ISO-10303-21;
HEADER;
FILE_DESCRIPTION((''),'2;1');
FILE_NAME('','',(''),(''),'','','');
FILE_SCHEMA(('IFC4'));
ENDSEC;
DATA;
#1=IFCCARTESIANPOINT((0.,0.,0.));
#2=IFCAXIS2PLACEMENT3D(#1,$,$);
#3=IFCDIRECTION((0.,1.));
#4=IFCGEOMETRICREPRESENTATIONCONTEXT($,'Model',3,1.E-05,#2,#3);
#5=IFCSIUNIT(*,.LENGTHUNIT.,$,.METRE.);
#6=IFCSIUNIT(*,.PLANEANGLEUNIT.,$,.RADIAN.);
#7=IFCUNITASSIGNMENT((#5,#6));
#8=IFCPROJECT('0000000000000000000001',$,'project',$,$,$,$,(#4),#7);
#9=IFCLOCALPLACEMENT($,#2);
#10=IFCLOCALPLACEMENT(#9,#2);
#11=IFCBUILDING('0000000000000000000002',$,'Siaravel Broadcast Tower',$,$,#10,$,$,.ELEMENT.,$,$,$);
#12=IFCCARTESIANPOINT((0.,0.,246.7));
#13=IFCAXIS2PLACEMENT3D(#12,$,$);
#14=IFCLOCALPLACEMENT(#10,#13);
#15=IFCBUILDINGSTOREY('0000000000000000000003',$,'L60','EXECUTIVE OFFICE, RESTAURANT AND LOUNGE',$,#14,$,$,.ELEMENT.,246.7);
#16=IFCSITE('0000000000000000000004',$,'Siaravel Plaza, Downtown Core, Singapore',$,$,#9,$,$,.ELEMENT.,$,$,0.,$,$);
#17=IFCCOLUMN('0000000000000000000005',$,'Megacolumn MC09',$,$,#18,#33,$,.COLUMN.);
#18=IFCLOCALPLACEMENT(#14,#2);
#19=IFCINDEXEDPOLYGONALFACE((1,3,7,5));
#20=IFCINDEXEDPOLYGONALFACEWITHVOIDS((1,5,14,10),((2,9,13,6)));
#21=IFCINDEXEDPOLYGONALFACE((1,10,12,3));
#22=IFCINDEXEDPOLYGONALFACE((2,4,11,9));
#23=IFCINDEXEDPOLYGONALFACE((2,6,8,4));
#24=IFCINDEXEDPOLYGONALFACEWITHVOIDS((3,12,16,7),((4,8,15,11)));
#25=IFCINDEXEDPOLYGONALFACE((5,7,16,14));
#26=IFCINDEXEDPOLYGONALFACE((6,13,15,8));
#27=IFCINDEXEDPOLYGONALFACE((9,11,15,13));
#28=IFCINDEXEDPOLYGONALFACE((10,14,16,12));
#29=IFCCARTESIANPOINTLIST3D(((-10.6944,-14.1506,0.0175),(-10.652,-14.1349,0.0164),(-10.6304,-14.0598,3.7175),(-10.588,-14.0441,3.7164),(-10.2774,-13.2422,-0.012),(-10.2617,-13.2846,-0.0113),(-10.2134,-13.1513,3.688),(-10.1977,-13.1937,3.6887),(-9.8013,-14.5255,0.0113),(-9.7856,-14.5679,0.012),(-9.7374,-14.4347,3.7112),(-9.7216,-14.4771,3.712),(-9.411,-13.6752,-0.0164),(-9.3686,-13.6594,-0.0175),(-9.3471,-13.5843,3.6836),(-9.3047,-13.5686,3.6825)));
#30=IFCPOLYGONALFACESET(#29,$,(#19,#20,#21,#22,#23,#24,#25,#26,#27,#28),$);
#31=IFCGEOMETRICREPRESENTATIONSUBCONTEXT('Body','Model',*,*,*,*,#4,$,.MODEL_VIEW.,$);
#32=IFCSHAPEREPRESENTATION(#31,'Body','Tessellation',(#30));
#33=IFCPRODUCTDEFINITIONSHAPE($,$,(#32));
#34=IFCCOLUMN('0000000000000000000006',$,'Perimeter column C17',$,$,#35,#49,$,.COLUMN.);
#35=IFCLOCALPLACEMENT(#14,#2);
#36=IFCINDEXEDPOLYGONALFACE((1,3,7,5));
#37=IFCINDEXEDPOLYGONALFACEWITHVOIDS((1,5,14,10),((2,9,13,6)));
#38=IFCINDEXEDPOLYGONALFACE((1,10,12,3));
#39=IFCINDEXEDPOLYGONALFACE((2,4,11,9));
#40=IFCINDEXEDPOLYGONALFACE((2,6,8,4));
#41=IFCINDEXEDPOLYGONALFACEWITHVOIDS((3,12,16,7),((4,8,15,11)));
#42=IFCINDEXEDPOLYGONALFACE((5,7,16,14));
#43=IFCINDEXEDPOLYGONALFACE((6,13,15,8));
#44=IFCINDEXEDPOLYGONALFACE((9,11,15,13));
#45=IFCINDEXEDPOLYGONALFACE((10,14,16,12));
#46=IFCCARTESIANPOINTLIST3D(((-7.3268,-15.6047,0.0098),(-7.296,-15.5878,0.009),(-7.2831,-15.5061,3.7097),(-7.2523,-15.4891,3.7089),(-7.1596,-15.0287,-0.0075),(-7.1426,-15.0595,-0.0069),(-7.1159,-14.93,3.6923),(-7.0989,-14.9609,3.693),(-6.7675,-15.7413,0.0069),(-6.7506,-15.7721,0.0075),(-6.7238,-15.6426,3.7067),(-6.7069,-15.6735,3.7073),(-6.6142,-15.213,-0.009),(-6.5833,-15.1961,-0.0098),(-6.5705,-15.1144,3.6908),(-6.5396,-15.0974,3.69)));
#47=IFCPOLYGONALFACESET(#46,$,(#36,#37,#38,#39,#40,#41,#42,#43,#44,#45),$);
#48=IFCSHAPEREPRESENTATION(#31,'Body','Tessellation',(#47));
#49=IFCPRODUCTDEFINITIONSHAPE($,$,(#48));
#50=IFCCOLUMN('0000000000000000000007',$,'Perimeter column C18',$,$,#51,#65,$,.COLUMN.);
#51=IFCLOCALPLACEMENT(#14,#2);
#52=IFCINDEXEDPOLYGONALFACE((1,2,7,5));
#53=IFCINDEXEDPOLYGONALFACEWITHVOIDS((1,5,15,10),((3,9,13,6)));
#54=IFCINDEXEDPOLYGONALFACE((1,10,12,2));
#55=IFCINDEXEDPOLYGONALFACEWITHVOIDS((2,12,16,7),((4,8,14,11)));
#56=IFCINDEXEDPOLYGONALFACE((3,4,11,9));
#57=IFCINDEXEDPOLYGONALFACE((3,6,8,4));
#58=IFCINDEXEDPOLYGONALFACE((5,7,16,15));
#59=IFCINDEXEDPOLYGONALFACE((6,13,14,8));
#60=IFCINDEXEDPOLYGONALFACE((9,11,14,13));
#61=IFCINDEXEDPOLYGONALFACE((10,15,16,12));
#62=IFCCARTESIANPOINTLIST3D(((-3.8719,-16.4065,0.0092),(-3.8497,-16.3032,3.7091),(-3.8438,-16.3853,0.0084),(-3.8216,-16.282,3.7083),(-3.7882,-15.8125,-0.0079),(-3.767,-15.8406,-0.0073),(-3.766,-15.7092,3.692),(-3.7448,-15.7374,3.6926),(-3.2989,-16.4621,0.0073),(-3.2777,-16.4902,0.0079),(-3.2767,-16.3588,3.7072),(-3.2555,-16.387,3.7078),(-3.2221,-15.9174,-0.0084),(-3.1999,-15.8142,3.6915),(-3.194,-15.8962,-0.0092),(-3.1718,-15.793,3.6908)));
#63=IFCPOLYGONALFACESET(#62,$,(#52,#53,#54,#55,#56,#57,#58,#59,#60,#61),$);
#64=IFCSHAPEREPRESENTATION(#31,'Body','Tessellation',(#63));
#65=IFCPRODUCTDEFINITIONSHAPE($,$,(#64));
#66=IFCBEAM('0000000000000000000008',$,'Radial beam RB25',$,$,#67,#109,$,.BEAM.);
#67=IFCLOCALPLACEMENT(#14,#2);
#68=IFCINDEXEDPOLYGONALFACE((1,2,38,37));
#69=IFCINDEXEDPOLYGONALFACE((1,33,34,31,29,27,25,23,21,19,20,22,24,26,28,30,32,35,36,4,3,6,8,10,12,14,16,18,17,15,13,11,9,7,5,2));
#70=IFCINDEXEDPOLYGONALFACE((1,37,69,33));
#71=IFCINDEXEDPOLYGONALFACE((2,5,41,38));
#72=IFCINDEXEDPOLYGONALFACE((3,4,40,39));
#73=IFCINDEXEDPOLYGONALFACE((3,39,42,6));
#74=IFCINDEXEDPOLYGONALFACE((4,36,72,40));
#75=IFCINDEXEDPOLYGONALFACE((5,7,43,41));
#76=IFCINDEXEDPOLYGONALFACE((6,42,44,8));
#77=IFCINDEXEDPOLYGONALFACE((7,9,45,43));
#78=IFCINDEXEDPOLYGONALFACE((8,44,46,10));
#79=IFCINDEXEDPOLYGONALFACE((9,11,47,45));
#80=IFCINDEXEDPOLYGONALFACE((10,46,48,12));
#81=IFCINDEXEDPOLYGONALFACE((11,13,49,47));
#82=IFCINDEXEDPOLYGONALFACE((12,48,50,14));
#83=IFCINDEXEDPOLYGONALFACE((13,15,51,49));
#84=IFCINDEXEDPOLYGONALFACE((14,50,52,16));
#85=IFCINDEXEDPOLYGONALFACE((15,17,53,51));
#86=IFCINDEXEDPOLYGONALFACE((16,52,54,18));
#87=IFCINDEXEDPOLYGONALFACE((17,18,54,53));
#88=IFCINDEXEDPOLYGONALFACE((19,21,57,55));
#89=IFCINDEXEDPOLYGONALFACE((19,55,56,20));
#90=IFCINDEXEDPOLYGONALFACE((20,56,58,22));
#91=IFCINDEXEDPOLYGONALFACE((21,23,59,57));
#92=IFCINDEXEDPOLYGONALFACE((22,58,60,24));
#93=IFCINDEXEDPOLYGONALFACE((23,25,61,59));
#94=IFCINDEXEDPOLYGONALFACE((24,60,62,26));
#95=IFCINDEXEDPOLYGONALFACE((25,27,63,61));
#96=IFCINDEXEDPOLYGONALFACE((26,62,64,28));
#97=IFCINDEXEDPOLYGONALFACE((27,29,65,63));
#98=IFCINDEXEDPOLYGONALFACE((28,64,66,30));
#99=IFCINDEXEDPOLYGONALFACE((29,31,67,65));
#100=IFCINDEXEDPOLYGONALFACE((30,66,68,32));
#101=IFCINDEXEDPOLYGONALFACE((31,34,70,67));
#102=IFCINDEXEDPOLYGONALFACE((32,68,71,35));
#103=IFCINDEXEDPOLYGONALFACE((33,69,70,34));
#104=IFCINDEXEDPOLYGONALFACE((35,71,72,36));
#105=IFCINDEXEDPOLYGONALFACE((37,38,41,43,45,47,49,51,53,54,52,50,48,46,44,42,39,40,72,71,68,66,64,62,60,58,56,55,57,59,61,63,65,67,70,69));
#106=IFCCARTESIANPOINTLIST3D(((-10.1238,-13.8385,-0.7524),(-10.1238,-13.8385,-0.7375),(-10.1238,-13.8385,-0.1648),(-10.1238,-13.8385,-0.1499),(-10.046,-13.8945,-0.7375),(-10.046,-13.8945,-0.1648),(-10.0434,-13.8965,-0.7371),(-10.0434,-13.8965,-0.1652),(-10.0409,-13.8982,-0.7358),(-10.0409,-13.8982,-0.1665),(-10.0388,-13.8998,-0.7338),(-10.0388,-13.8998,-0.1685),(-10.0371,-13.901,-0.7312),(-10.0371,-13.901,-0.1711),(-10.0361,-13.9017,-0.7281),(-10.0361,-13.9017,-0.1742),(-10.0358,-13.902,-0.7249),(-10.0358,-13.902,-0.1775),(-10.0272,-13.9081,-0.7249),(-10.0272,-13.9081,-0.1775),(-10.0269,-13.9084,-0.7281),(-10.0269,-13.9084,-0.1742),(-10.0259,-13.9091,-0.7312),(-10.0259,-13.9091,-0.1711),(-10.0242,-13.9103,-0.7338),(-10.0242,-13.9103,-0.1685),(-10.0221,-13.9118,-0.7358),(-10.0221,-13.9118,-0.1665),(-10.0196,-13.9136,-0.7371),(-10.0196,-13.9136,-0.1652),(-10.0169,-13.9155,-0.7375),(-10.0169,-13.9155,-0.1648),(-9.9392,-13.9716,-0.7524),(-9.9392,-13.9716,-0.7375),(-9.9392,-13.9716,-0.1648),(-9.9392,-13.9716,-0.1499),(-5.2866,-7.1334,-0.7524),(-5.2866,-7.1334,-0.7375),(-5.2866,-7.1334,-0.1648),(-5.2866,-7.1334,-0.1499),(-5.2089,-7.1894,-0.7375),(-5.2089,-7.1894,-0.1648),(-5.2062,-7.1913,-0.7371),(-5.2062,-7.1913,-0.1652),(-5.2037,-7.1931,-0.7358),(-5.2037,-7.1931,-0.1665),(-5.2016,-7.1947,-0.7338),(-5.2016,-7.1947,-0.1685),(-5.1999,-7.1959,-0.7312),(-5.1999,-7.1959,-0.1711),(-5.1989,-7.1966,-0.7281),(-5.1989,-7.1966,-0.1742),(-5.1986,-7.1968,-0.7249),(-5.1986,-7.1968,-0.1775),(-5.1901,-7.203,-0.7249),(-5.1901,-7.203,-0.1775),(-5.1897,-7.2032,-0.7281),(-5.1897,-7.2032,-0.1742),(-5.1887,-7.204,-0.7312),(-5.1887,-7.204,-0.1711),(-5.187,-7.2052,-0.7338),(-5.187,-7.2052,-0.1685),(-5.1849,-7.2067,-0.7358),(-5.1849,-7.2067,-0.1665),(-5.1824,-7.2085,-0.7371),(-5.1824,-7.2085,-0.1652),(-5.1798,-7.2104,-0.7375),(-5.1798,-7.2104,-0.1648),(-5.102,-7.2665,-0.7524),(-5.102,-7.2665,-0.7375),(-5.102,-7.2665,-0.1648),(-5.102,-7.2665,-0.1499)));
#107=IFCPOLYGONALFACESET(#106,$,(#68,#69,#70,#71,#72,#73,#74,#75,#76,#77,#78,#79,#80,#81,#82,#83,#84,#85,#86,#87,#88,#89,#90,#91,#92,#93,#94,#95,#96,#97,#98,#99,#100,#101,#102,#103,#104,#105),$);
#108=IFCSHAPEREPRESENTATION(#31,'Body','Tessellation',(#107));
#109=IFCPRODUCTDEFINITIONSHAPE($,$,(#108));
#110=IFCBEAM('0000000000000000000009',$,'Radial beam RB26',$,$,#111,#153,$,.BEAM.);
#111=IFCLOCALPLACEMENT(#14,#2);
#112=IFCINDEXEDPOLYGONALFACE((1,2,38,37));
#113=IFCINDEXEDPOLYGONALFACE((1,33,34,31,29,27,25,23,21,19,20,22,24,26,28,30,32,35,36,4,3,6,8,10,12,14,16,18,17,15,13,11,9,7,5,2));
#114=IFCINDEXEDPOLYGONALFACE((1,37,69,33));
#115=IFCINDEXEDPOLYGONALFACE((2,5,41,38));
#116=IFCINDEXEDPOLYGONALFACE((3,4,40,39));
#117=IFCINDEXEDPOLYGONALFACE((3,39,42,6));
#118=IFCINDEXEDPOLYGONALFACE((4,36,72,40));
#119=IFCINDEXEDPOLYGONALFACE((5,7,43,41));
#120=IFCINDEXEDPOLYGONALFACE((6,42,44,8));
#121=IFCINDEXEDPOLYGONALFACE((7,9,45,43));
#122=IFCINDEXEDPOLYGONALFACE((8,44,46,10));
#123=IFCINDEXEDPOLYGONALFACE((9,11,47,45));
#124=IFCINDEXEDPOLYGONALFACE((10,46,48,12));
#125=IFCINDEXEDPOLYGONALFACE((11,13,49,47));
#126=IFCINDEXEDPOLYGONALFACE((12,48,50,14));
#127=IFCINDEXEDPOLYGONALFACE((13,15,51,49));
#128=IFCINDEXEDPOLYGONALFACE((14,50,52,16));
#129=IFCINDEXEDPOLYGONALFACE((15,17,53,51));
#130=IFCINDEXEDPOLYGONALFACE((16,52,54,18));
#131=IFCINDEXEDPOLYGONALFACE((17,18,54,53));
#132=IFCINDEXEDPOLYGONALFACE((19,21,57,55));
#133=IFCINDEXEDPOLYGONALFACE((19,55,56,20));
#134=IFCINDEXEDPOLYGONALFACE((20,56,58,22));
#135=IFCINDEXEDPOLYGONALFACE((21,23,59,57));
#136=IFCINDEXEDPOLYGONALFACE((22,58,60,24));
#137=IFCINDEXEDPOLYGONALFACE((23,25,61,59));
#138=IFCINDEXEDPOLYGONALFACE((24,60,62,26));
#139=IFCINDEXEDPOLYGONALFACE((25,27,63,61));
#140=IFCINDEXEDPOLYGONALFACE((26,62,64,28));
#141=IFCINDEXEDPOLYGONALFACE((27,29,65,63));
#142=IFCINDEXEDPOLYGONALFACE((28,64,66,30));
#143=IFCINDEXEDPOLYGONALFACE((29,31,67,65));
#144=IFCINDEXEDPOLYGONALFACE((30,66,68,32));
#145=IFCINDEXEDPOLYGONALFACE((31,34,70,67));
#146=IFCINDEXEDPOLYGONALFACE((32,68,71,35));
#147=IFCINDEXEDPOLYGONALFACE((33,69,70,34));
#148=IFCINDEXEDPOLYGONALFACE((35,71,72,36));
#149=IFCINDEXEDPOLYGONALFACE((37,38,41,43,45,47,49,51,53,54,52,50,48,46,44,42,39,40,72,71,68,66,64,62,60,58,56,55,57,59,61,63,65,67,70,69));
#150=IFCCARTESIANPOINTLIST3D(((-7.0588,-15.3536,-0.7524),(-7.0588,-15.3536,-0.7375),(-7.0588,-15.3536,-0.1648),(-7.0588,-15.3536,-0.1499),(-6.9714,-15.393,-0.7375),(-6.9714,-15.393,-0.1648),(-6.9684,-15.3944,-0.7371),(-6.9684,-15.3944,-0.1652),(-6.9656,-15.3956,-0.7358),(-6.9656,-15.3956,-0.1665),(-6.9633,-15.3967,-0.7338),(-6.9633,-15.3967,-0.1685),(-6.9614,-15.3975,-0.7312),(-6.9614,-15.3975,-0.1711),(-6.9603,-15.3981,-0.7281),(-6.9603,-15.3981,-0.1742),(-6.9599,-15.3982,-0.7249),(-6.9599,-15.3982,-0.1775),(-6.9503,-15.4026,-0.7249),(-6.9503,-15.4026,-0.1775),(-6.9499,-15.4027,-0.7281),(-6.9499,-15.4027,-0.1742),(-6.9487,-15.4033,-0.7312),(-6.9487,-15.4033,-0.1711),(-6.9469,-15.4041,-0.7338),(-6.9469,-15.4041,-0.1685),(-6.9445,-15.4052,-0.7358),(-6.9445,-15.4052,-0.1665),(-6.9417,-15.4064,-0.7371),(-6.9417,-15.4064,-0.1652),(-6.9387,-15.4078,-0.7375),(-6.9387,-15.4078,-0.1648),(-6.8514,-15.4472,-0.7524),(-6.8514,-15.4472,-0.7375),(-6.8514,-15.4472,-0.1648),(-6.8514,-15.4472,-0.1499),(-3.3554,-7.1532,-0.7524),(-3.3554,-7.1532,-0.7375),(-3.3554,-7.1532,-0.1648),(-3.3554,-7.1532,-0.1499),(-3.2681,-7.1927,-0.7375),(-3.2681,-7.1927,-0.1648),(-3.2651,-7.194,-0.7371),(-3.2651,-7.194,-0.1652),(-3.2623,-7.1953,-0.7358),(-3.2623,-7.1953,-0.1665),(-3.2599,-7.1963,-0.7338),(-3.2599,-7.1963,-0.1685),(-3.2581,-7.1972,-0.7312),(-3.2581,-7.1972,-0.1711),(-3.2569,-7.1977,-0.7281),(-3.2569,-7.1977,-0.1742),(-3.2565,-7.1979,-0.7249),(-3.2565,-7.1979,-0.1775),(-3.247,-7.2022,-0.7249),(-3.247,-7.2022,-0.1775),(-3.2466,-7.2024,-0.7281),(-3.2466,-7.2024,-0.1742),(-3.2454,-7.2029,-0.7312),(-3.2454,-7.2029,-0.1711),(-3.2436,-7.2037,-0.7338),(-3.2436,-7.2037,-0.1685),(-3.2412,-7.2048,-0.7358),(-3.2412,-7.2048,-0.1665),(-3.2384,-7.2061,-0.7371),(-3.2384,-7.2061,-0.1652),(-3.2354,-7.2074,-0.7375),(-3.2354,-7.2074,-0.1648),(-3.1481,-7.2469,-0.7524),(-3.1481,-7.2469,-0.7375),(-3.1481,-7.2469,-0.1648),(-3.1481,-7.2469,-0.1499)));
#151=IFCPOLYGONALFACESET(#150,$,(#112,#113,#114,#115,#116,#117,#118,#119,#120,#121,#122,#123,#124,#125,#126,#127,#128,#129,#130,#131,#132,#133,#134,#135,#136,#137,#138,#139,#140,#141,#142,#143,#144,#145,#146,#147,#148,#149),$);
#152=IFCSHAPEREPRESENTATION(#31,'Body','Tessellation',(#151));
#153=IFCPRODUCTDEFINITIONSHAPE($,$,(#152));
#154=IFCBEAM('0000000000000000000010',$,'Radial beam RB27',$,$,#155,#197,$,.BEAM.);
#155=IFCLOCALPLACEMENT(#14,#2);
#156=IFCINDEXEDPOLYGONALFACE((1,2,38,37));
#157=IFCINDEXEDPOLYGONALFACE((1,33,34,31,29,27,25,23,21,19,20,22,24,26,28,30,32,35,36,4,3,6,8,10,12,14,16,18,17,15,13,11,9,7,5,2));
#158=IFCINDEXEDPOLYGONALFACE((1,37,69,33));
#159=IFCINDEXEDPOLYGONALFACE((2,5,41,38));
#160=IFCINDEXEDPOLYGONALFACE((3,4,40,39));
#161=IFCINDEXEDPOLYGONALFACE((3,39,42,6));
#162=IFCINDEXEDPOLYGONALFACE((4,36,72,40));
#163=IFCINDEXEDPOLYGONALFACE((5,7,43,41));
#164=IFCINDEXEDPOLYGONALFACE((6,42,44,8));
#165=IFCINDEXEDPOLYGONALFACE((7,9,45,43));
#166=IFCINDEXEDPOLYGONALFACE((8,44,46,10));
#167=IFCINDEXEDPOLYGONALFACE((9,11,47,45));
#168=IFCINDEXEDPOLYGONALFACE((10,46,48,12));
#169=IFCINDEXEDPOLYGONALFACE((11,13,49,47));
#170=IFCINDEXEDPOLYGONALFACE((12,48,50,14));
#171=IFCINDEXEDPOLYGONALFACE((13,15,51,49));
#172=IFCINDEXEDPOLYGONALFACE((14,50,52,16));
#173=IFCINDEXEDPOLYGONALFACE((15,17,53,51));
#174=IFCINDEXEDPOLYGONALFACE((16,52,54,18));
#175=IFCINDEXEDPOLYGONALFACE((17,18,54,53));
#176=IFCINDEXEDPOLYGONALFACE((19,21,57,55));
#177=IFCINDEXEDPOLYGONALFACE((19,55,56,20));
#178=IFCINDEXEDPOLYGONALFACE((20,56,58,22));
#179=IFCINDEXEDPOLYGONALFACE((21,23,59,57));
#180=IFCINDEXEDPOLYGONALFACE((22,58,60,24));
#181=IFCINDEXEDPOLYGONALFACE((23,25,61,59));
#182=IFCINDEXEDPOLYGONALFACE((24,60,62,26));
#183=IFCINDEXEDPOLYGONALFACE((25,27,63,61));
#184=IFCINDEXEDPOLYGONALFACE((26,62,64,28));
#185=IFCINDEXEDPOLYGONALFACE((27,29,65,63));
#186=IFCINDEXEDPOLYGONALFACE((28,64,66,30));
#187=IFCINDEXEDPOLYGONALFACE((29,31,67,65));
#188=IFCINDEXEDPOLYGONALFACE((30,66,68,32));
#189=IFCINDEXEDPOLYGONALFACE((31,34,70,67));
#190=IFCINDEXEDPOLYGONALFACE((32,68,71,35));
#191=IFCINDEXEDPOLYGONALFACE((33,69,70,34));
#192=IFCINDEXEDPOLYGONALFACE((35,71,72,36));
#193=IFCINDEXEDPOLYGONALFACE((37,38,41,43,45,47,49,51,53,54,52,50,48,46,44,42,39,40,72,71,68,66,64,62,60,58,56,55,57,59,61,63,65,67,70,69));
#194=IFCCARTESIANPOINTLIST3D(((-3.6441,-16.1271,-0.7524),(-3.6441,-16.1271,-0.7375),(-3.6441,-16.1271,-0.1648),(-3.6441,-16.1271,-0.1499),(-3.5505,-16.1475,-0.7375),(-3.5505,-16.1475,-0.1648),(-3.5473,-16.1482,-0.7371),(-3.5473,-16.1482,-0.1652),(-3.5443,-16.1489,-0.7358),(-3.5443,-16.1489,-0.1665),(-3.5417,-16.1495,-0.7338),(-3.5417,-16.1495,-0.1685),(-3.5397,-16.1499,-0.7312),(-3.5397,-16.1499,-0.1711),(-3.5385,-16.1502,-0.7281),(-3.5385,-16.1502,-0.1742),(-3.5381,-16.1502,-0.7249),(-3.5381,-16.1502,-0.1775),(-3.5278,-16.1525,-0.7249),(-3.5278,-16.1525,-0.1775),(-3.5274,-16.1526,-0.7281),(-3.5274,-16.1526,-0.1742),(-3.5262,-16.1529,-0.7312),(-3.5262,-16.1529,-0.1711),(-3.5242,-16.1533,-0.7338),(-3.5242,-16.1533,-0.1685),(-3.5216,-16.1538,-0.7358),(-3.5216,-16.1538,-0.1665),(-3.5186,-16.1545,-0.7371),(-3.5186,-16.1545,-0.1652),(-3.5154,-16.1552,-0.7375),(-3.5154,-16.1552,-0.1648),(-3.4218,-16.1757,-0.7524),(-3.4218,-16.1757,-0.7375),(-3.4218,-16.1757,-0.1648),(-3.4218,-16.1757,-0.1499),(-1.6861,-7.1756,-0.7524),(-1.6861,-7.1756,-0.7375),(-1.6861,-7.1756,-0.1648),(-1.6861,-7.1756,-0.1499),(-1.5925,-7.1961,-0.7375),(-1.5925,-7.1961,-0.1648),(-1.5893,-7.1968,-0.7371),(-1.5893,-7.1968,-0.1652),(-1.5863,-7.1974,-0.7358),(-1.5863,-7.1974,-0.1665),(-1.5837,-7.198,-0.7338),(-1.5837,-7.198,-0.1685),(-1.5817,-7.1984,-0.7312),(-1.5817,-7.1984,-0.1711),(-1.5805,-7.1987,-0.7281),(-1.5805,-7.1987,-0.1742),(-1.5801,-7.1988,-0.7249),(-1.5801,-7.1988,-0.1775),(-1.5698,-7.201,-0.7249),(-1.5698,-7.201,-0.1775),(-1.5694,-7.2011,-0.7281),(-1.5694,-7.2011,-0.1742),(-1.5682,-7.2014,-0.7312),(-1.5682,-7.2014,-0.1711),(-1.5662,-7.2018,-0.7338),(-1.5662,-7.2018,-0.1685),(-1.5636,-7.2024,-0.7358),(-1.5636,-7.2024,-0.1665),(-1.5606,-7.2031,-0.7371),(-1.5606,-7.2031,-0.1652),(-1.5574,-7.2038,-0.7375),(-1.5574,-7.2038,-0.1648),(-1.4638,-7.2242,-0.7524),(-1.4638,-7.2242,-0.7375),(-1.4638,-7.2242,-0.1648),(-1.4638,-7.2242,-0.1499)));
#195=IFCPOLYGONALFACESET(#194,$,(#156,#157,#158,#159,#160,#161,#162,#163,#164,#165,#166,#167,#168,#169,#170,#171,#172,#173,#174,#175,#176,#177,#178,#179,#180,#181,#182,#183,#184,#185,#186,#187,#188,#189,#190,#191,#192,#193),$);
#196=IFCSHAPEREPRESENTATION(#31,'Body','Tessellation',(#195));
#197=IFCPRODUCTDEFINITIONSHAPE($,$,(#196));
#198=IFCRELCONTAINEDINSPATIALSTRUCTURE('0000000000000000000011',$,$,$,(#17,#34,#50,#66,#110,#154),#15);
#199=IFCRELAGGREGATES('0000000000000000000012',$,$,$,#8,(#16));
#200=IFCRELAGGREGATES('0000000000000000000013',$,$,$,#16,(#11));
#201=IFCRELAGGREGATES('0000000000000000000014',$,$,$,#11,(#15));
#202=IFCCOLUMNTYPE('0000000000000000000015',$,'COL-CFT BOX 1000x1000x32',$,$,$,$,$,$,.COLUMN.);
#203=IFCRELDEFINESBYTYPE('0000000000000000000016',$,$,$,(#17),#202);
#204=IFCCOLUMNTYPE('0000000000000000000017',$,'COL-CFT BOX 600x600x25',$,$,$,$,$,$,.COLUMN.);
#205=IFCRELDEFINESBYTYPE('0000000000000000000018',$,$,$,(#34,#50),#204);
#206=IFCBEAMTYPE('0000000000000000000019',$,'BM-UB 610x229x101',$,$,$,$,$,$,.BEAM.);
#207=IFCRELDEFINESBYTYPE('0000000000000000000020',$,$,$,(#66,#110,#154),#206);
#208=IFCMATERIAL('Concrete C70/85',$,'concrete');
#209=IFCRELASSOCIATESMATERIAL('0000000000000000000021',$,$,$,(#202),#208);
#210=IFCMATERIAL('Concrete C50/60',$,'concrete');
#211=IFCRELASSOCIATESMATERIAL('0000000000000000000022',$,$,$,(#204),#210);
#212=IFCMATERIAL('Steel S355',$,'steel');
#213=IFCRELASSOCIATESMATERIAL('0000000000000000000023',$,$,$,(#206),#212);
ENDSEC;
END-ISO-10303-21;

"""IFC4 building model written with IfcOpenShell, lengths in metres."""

from ifc_helpers import new_model, si_unit, direction, frame, origin, origin_2d, place, context, subcontext, project, spatial, hollow_rectangle, i_section, extrude, material, material_profile, profile_set, type_object, element, save


model = new_model("IFC4")

# Units and contexts
model_context = context("Model", 3, precision=1e-05, world=origin(), true_north=direction((0.0, 1.0)))
body_context = subcontext(model_context, "Body", "Model", "MODEL_VIEW")
ifc_project = project(units=[si_unit("LENGTHUNIT", "METRE"), si_unit("PLANEANGLEUNIT", "RADIAN")], contexts=[model_context])

# Site, building, storey
site_placement = place(None, origin())
site = spatial("IfcSite", under=ifc_project, at=site_placement, Name="Siaravel Plaza, Downtown Core, Singapore", CompositionType="ELEMENT", RefElevation=0.0)
building_placement = place(site_placement, origin())
building = spatial("IfcBuilding", under=site, at=building_placement, Name="Siaravel Broadcast Tower", CompositionType="ELEMENT")
storey_placement = place(building_placement, frame((0.0, 0.0, 246.7)))
storey = spatial("IfcBuildingStorey", under=building, at=storey_placement, Name="L60", Description="EXECUTIVE OFFICE, RESTAURANT AND LOUNGE", CompositionType="ELEMENT", Elevation=246.7)

# Columns
ifc_material_1 = material(Name="Concrete C70/85", Category="concrete")
ifc_material_profile_1 = material_profile(ifc_material_1, hollow_rectangle(XDim=1.0, YDim=1.0, WallThickness=0.032, at=origin_2d()))
ifc_profile_set_1 = profile_set([ifc_material_profile_1], Name="Concrete C70/85")
column_type_1 = type_object("IfcColumnType", Name="COL-CFT BOX 1000x1000x32", PredefinedType="COLUMN", material=ifc_profile_set_1)
column_placement = place(storey_placement, frame((-10.0315, -13.905, 0.0), z_axis=(0.01728, 0.024535, 0.99955), x_axis=(-0.908759, 0.417285, 0.005468)))
element("IfcColumn", 1, at=column_placement, inside=storey, type_object=column_type_1, Name="Megacolumn MC09", PredefinedType="COLUMN", context=body_context, shape_type="SweptSolid", body=[
    extrude(hollow_rectangle(XDim=1.0, YDim=1.0, WallThickness=0.032, at=origin_2d()), origin(), (0.0, 0.0, 1.0), 3.7017),
])
ifc_material_2 = material(Name="Concrete C50/60", Category="concrete")
ifc_material_profile_2 = material_profile(ifc_material_2, hollow_rectangle(XDim=0.6001, YDim=0.6001, WallThickness=0.0249, at=origin_2d()))
ifc_profile_set_2 = profile_set([ifc_material_profile_2], Name="Concrete C50/60")
column_type_2 = type_object("IfcColumnType", Name="COL-CFT BOX 600x600x25", PredefinedType="COLUMN", material=ifc_profile_set_2)
for number, where, z_axis, x_axis, name in (
    (2, (-6.9551, -15.4004, 0.0), (0.011806, 0.026647, 0.999575), (-0.960306, 0.27892, 0.003907), "Perimeter column C17"),
    (3, (-3.533, -16.1514, 0.0), (0.006002, 0.0279, 0.999593), (-0.990211, 0.139565, 0.00205), "Perimeter column C18"),
):
    element("IfcColumn", number, at=place(storey_placement, frame(where, z_axis=z_axis, x_axis=x_axis)), inside=storey, type_object=column_type_2, Name=name, PredefinedType="COLUMN", context=body_context, shape_type="SweptSolid", body=[
        extrude(hollow_rectangle(XDim=0.6001, YDim=0.6001, WallThickness=0.0249, at=origin_2d()), origin(), (0.0, 0.0, 1.0), 3.7014),
    ])

# Beams
ifc_material_3 = material(Name="Steel S355", Category="steel")
ifc_material_profile_3 = material_profile(ifc_material_3, i_section(OverallWidth=0.2275, OverallDepth=0.6025, WebThickness=0.0105, FlangeThickness=0.0149, FilletRadius=0.0127, at=origin_2d()))
ifc_profile_set_3 = profile_set([ifc_material_profile_3], Name="Steel S355")
beam_type = type_object("IfcBeamType", Name="BM-UB 610x229x101", PredefinedType="BEAM", material=ifc_profile_set_3)
beam_1_placement = place(storey_placement, frame((-10.0315, -13.905, -0.4512), z_axis=(0.585061, 0.810989, 0.0), x_axis=(-0.810989, 0.585061, 0.0)))
element("IfcBeam", 4, at=beam_1_placement, inside=storey, type_object=beam_type, Name="Radial beam RB25", PredefinedType="BEAM", context=body_context, shape_type="SweptSolid", body=[
    extrude(i_section(OverallWidth=0.2275, OverallDepth=0.6025, WebThickness=0.0105, FlangeThickness=0.0149, FilletRadius=0.0127, at=origin_2d()), origin(), (0.0, 0.0, 1.0), 8.2678),
])
beam_2_placement = place(storey_placement, frame((-6.9551, -15.4004, -0.4512), z_axis=(0.411582, 0.911373, 0.0), x_axis=(-0.911373, 0.411582, 0.0)))
element("IfcBeam", 5, at=beam_2_placement, inside=storey, type_object=beam_type, Name="Radial beam RB26", PredefinedType="BEAM", context=body_context, shape_type="SweptSolid", body=[
    extrude(i_section(OverallWidth=0.2275, OverallDepth=0.6025, WebThickness=0.0105, FlangeThickness=0.0149, FilletRadius=0.0127, at=origin_2d()), origin(), (0.0, 0.0, 1.0), 8.9978),
])
beam_3_placement = place(storey_placement, frame((-3.533, -16.1514, -0.4512), z_axis=(0.213685, 0.976903, 0.0), x_axis=(-0.976903, 0.213685, 0.0)))
element("IfcBeam", 6, at=beam_3_placement, inside=storey, type_object=beam_type, Name="Radial beam RB27", PredefinedType="BEAM", context=body_context, shape_type="SweptSolid", body=[
    extrude(i_section(OverallWidth=0.2275, OverallDepth=0.6025, WebThickness=0.0105, FlangeThickness=0.0149, FilletRadius=0.0127, at=origin_2d()), origin(), (0.0, 0.0, 1.0), 9.1631),
])

save(model, "model.ifc")
